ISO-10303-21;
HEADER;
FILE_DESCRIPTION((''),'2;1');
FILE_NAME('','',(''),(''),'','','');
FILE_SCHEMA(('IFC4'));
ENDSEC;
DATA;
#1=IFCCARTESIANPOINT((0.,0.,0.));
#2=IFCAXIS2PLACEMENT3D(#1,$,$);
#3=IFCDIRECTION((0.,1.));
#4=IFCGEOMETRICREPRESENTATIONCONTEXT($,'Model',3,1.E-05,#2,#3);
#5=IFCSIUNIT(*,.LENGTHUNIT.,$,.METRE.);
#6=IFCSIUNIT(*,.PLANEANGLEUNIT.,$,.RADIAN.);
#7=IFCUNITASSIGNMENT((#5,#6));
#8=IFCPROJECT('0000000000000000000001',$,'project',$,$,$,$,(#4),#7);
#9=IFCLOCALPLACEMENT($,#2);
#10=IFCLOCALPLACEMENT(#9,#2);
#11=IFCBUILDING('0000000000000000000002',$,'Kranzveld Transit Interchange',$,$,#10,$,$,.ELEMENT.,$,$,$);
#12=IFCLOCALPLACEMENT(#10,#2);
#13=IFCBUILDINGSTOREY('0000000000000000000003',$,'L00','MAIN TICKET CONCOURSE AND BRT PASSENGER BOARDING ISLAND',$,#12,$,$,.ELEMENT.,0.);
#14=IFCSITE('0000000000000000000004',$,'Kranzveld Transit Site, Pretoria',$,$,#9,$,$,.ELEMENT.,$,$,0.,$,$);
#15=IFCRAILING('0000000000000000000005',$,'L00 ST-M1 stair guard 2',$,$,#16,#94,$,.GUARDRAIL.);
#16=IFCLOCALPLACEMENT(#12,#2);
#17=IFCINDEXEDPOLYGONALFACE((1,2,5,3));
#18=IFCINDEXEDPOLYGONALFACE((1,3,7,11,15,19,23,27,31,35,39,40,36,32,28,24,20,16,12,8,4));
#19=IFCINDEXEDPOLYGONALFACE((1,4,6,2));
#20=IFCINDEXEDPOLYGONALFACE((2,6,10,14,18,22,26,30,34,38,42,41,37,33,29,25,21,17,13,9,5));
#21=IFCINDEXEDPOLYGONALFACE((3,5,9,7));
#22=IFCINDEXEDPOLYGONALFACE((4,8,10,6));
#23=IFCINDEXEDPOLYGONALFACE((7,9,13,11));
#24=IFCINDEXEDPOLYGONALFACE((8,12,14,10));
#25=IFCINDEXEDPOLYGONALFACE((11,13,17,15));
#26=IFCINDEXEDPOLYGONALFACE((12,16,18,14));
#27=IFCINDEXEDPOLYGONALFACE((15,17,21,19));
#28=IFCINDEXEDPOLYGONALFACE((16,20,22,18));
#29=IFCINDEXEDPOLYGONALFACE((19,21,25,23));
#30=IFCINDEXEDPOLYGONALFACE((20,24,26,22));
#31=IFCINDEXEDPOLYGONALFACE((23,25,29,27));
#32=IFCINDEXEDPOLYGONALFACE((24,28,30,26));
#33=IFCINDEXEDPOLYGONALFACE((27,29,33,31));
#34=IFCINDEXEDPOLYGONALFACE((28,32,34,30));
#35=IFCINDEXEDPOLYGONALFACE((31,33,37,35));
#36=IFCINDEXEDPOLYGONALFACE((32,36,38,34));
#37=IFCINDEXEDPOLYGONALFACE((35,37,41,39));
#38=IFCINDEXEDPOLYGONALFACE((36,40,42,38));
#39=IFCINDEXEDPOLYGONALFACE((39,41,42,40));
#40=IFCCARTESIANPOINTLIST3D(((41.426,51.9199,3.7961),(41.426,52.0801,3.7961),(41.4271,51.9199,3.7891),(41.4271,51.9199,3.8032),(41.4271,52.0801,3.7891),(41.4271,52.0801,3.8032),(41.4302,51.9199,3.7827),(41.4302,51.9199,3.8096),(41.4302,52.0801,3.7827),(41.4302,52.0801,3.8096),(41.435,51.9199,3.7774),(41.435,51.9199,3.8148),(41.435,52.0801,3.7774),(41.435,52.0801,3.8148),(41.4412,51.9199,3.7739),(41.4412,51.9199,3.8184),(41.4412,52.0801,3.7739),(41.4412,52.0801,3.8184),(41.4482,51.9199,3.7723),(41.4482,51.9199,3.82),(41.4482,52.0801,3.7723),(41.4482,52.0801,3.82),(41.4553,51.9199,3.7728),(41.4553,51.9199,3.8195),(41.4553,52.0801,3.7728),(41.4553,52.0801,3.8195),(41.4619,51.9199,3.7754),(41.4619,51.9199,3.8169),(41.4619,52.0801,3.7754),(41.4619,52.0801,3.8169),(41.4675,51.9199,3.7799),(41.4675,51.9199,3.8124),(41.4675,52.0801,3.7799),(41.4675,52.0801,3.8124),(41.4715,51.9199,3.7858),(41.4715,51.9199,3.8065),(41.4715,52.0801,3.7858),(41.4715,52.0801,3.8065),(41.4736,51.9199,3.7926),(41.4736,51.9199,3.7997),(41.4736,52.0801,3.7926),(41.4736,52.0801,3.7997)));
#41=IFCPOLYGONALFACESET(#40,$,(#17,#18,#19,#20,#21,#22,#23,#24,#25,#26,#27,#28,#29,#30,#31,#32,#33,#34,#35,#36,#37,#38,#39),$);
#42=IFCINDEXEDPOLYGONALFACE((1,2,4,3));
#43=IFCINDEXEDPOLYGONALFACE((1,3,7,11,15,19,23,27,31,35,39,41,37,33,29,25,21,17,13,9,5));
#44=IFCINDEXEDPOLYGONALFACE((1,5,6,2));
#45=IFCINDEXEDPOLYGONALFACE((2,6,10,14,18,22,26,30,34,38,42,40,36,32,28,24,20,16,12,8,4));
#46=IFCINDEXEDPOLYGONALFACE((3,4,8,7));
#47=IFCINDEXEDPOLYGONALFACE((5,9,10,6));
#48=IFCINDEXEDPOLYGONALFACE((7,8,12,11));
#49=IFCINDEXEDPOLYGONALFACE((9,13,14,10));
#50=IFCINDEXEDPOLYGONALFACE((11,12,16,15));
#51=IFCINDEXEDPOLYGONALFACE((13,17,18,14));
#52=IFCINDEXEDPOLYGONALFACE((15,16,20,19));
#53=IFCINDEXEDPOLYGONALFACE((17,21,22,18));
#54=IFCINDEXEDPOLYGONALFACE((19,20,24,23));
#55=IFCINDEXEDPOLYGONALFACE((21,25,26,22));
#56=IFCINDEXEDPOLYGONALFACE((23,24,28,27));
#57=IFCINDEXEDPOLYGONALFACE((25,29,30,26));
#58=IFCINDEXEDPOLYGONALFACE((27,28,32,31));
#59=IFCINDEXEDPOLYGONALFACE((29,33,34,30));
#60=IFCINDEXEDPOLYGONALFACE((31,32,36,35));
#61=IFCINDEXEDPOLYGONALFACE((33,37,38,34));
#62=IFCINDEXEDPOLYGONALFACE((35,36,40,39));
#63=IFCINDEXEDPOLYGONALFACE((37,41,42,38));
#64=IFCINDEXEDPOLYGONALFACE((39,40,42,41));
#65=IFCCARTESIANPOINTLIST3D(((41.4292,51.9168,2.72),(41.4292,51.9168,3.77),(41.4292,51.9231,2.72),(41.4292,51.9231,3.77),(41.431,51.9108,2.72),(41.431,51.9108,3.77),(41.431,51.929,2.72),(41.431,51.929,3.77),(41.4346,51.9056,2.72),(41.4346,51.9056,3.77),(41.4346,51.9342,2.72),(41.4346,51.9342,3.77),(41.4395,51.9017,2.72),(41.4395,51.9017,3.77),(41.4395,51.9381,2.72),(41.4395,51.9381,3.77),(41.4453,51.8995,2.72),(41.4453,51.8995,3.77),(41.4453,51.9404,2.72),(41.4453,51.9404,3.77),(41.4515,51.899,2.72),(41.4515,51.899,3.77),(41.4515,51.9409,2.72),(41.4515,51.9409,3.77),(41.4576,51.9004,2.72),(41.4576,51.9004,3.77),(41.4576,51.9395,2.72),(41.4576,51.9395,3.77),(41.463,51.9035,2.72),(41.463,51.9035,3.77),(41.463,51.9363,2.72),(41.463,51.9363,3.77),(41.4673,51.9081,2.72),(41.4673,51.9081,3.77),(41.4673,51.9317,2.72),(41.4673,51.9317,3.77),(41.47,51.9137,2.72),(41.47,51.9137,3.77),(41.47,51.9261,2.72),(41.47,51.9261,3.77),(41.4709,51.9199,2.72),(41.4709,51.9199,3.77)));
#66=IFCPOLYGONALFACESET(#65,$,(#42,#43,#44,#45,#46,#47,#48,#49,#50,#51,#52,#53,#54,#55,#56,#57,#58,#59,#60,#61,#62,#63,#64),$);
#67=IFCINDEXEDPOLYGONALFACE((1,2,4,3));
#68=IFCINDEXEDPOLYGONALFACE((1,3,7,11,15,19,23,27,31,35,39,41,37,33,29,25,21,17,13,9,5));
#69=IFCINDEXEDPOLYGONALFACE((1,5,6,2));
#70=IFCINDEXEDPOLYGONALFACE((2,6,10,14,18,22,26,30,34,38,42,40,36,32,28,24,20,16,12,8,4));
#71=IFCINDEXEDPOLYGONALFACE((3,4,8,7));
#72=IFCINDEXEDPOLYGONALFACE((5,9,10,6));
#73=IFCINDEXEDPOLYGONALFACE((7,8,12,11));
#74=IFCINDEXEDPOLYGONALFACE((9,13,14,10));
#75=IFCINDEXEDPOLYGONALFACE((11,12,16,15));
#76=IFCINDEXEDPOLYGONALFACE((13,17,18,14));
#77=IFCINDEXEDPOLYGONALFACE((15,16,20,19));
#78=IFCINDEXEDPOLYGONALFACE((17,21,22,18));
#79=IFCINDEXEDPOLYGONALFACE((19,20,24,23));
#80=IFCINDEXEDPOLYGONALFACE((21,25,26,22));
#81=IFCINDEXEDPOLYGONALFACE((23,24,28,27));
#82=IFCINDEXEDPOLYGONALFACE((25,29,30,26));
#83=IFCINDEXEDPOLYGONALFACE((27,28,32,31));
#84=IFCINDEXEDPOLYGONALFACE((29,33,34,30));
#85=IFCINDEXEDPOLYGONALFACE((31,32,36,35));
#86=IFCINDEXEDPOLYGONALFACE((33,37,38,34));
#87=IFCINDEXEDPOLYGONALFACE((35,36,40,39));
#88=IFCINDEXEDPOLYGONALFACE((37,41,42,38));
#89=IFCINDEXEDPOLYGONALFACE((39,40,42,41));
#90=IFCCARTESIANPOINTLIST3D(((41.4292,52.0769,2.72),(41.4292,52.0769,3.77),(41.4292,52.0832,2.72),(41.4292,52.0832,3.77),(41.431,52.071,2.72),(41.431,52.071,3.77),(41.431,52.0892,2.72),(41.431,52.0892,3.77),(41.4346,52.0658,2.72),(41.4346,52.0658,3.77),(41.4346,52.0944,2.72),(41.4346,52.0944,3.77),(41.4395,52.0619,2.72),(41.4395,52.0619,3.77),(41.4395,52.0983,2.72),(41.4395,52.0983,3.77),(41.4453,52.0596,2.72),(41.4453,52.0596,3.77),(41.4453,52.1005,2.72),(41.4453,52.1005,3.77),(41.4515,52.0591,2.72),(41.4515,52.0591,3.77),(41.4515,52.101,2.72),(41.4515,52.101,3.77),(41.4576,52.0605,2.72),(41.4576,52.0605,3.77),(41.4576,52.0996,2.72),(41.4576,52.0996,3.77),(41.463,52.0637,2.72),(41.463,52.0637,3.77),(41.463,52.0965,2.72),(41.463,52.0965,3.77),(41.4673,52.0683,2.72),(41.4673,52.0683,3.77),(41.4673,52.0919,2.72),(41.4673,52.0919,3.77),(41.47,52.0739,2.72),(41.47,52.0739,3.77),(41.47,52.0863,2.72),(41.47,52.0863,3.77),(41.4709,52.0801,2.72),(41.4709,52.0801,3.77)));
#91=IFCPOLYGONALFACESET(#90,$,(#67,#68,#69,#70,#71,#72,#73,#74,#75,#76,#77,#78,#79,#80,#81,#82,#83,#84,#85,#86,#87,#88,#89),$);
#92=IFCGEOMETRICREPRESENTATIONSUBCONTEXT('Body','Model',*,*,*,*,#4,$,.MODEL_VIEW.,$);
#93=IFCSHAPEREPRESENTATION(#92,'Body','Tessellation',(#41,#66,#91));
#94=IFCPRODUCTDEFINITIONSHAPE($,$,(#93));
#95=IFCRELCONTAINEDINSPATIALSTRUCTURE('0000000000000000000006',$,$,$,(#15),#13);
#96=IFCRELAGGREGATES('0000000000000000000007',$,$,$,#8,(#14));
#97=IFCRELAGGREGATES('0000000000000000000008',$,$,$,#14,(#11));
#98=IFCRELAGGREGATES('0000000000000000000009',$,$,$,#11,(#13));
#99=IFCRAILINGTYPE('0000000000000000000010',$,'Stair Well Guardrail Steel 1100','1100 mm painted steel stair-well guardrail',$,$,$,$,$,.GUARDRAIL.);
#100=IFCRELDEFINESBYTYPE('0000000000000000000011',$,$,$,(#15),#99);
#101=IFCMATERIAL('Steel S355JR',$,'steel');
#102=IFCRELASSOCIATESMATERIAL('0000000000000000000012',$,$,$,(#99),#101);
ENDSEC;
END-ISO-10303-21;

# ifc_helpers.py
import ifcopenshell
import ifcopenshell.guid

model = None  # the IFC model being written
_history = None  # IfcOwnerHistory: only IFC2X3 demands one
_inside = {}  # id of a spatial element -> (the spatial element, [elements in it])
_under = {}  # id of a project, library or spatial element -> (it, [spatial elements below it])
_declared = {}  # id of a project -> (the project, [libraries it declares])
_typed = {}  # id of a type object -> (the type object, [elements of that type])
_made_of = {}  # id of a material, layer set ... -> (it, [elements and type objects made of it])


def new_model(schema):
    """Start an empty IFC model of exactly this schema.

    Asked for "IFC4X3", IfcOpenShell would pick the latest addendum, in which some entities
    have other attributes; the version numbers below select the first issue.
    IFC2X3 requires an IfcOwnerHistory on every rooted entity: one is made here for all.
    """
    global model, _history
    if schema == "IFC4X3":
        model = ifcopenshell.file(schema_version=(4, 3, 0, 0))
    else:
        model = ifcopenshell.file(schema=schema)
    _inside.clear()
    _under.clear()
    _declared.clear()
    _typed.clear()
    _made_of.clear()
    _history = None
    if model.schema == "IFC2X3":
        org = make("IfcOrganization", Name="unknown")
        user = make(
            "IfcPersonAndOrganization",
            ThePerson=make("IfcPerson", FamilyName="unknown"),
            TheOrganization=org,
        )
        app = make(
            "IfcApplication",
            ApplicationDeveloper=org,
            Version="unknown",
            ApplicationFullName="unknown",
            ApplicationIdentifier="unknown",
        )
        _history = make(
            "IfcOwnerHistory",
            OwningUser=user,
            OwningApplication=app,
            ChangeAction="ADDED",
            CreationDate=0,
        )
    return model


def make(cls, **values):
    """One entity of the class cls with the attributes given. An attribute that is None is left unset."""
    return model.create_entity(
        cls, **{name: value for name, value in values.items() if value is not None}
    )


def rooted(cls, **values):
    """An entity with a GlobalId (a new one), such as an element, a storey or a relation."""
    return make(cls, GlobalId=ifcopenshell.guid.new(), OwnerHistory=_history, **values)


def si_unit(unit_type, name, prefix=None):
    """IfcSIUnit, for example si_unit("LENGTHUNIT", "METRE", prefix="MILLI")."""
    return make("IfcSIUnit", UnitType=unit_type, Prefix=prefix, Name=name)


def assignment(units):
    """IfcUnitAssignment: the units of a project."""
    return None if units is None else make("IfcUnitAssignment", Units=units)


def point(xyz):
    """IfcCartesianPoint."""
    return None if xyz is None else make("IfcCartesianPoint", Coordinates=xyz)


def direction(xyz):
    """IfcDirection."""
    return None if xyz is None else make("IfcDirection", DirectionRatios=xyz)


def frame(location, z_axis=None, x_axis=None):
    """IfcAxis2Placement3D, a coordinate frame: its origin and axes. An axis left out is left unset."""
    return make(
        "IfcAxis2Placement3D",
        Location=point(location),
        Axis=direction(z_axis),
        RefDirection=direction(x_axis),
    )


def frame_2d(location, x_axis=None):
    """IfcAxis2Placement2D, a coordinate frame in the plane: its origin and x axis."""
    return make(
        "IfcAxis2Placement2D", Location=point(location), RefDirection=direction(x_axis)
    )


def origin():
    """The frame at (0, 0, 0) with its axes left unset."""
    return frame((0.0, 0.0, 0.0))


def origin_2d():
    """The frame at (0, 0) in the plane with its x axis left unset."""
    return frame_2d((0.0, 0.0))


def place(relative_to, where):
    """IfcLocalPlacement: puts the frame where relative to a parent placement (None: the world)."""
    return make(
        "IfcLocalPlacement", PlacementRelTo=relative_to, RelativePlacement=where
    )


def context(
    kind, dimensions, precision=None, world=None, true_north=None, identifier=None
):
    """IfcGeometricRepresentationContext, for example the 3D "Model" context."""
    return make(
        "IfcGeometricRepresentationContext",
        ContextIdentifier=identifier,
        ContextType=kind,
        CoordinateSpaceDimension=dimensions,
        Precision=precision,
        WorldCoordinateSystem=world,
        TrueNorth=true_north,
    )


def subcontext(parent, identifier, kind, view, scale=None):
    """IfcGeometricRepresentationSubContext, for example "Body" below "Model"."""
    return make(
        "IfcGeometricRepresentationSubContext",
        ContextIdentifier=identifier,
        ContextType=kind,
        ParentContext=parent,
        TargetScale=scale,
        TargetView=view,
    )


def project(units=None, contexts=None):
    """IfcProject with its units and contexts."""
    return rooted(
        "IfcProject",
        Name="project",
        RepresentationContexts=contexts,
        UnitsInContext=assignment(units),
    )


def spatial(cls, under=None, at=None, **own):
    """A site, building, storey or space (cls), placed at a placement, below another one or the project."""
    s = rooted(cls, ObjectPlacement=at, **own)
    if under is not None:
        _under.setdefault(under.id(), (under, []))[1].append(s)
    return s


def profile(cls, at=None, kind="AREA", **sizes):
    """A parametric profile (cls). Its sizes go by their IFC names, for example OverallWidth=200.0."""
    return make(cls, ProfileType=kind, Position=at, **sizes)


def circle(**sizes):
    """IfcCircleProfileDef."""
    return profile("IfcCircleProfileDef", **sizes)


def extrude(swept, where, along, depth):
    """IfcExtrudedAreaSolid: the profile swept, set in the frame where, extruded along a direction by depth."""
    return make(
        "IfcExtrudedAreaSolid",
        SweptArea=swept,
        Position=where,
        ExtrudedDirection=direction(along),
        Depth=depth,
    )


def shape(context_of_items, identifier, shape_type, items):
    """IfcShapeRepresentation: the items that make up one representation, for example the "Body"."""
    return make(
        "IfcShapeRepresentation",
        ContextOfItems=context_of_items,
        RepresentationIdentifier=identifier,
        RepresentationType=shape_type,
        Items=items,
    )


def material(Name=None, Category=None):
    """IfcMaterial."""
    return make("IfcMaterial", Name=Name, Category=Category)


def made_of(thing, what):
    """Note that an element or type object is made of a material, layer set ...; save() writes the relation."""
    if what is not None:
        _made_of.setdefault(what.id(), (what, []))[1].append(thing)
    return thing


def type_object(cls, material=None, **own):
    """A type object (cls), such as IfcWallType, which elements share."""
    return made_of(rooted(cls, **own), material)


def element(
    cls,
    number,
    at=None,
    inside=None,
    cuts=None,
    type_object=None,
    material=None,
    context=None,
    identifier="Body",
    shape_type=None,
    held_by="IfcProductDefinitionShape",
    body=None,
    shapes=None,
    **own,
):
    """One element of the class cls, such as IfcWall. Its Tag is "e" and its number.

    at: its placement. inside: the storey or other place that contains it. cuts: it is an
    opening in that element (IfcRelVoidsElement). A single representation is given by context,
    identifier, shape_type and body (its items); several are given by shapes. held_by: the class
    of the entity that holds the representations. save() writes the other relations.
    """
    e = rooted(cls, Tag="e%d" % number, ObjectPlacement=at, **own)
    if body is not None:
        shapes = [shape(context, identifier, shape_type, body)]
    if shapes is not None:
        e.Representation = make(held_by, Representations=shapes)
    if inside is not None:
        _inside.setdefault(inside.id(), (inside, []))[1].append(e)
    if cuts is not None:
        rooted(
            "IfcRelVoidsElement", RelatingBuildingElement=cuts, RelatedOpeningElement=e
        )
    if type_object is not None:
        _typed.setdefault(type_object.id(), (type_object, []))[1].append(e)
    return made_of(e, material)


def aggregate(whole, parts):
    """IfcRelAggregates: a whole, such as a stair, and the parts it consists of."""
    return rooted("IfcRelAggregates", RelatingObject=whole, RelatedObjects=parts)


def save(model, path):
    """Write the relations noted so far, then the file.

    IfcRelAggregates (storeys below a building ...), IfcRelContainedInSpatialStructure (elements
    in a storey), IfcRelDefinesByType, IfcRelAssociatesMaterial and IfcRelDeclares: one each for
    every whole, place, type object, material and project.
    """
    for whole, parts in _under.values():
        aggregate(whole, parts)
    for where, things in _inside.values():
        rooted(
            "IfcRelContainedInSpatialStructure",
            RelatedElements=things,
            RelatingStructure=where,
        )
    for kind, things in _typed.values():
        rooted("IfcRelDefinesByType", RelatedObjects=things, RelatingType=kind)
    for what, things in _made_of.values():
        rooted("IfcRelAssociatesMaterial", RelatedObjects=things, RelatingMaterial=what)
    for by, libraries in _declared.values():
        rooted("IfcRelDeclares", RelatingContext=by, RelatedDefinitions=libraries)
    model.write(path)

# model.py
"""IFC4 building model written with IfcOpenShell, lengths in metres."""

from ifc_helpers import new_model, si_unit, direction, frame, origin, origin_2d, place, context, subcontext, project, spatial, circle, extrude, material, type_object, element, save


model = new_model("IFC4")

# Units and contexts
model_context = context("Model", 3, precision=1e-05, world=origin(), true_north=direction((0.0, 1.0)))
body_context = subcontext(model_context, "Body", "Model", "MODEL_VIEW")
ifc_project = project(units=[si_unit("LENGTHUNIT", "METRE"), si_unit("PLANEANGLEUNIT", "RADIAN")], contexts=[model_context])

# Site, building, storey
site_placement = place(None, origin())
site = spatial("IfcSite", under=ifc_project, at=site_placement, Name="Kranzveld Transit Site, Pretoria", CompositionType="ELEMENT", RefElevation=0.0)
building_placement = place(site_placement, origin())
building = spatial("IfcBuilding", under=site, at=building_placement, Name="Kranzveld Transit Interchange", CompositionType="ELEMENT")
storey_placement = place(building_placement, origin())
storey = spatial("IfcBuildingStorey", under=building, at=storey_placement, Name="L00", Description="MAIN TICKET CONCOURSE AND BRT PASSENGER BOARDING ISLAND", CompositionType="ELEMENT", Elevation=0.0)

# Railing
ifc_material_1 = material(Name="Steel S355JR", Category="steel")
railing_type_1 = type_object("IfcRailingType", Name="Stair Well Guardrail Steel 1100", Description="1100 mm painted steel stair-well guardrail", PredefinedType="GUARDRAIL", material=ifc_material_1)
railing_1_placement = place(storey_placement, frame((41.45, 51.9199, 2.72)))
element("IfcRailing", 1, at=railing_1_placement, inside=storey, type_object=railing_type_1, Name="L00 ST-M1 stair guard 2", PredefinedType="GUARDRAIL", context=body_context, shape_type="SweptSolid", body=[
    extrude(circle(Radius=0.0239, at=origin_2d()), frame((0.0, 0.0, 1.0762), z_axis=(0.0, 1.0, 0.0), x_axis=(-1.0, 0.0, 0.0)), (0.0, 0.0, 1.0), 0.1602),
    extrude(circle(Radius=0.021, at=origin_2d()), origin(), (0.0, 0.0, 1.0), 1.05),
    extrude(circle(Radius=0.021, at=origin_2d()), frame((0.0, 0.1602, 0.0)), (0.0, 0.0, 1.0), 1.05),
])

save(model, "model.ifc")
